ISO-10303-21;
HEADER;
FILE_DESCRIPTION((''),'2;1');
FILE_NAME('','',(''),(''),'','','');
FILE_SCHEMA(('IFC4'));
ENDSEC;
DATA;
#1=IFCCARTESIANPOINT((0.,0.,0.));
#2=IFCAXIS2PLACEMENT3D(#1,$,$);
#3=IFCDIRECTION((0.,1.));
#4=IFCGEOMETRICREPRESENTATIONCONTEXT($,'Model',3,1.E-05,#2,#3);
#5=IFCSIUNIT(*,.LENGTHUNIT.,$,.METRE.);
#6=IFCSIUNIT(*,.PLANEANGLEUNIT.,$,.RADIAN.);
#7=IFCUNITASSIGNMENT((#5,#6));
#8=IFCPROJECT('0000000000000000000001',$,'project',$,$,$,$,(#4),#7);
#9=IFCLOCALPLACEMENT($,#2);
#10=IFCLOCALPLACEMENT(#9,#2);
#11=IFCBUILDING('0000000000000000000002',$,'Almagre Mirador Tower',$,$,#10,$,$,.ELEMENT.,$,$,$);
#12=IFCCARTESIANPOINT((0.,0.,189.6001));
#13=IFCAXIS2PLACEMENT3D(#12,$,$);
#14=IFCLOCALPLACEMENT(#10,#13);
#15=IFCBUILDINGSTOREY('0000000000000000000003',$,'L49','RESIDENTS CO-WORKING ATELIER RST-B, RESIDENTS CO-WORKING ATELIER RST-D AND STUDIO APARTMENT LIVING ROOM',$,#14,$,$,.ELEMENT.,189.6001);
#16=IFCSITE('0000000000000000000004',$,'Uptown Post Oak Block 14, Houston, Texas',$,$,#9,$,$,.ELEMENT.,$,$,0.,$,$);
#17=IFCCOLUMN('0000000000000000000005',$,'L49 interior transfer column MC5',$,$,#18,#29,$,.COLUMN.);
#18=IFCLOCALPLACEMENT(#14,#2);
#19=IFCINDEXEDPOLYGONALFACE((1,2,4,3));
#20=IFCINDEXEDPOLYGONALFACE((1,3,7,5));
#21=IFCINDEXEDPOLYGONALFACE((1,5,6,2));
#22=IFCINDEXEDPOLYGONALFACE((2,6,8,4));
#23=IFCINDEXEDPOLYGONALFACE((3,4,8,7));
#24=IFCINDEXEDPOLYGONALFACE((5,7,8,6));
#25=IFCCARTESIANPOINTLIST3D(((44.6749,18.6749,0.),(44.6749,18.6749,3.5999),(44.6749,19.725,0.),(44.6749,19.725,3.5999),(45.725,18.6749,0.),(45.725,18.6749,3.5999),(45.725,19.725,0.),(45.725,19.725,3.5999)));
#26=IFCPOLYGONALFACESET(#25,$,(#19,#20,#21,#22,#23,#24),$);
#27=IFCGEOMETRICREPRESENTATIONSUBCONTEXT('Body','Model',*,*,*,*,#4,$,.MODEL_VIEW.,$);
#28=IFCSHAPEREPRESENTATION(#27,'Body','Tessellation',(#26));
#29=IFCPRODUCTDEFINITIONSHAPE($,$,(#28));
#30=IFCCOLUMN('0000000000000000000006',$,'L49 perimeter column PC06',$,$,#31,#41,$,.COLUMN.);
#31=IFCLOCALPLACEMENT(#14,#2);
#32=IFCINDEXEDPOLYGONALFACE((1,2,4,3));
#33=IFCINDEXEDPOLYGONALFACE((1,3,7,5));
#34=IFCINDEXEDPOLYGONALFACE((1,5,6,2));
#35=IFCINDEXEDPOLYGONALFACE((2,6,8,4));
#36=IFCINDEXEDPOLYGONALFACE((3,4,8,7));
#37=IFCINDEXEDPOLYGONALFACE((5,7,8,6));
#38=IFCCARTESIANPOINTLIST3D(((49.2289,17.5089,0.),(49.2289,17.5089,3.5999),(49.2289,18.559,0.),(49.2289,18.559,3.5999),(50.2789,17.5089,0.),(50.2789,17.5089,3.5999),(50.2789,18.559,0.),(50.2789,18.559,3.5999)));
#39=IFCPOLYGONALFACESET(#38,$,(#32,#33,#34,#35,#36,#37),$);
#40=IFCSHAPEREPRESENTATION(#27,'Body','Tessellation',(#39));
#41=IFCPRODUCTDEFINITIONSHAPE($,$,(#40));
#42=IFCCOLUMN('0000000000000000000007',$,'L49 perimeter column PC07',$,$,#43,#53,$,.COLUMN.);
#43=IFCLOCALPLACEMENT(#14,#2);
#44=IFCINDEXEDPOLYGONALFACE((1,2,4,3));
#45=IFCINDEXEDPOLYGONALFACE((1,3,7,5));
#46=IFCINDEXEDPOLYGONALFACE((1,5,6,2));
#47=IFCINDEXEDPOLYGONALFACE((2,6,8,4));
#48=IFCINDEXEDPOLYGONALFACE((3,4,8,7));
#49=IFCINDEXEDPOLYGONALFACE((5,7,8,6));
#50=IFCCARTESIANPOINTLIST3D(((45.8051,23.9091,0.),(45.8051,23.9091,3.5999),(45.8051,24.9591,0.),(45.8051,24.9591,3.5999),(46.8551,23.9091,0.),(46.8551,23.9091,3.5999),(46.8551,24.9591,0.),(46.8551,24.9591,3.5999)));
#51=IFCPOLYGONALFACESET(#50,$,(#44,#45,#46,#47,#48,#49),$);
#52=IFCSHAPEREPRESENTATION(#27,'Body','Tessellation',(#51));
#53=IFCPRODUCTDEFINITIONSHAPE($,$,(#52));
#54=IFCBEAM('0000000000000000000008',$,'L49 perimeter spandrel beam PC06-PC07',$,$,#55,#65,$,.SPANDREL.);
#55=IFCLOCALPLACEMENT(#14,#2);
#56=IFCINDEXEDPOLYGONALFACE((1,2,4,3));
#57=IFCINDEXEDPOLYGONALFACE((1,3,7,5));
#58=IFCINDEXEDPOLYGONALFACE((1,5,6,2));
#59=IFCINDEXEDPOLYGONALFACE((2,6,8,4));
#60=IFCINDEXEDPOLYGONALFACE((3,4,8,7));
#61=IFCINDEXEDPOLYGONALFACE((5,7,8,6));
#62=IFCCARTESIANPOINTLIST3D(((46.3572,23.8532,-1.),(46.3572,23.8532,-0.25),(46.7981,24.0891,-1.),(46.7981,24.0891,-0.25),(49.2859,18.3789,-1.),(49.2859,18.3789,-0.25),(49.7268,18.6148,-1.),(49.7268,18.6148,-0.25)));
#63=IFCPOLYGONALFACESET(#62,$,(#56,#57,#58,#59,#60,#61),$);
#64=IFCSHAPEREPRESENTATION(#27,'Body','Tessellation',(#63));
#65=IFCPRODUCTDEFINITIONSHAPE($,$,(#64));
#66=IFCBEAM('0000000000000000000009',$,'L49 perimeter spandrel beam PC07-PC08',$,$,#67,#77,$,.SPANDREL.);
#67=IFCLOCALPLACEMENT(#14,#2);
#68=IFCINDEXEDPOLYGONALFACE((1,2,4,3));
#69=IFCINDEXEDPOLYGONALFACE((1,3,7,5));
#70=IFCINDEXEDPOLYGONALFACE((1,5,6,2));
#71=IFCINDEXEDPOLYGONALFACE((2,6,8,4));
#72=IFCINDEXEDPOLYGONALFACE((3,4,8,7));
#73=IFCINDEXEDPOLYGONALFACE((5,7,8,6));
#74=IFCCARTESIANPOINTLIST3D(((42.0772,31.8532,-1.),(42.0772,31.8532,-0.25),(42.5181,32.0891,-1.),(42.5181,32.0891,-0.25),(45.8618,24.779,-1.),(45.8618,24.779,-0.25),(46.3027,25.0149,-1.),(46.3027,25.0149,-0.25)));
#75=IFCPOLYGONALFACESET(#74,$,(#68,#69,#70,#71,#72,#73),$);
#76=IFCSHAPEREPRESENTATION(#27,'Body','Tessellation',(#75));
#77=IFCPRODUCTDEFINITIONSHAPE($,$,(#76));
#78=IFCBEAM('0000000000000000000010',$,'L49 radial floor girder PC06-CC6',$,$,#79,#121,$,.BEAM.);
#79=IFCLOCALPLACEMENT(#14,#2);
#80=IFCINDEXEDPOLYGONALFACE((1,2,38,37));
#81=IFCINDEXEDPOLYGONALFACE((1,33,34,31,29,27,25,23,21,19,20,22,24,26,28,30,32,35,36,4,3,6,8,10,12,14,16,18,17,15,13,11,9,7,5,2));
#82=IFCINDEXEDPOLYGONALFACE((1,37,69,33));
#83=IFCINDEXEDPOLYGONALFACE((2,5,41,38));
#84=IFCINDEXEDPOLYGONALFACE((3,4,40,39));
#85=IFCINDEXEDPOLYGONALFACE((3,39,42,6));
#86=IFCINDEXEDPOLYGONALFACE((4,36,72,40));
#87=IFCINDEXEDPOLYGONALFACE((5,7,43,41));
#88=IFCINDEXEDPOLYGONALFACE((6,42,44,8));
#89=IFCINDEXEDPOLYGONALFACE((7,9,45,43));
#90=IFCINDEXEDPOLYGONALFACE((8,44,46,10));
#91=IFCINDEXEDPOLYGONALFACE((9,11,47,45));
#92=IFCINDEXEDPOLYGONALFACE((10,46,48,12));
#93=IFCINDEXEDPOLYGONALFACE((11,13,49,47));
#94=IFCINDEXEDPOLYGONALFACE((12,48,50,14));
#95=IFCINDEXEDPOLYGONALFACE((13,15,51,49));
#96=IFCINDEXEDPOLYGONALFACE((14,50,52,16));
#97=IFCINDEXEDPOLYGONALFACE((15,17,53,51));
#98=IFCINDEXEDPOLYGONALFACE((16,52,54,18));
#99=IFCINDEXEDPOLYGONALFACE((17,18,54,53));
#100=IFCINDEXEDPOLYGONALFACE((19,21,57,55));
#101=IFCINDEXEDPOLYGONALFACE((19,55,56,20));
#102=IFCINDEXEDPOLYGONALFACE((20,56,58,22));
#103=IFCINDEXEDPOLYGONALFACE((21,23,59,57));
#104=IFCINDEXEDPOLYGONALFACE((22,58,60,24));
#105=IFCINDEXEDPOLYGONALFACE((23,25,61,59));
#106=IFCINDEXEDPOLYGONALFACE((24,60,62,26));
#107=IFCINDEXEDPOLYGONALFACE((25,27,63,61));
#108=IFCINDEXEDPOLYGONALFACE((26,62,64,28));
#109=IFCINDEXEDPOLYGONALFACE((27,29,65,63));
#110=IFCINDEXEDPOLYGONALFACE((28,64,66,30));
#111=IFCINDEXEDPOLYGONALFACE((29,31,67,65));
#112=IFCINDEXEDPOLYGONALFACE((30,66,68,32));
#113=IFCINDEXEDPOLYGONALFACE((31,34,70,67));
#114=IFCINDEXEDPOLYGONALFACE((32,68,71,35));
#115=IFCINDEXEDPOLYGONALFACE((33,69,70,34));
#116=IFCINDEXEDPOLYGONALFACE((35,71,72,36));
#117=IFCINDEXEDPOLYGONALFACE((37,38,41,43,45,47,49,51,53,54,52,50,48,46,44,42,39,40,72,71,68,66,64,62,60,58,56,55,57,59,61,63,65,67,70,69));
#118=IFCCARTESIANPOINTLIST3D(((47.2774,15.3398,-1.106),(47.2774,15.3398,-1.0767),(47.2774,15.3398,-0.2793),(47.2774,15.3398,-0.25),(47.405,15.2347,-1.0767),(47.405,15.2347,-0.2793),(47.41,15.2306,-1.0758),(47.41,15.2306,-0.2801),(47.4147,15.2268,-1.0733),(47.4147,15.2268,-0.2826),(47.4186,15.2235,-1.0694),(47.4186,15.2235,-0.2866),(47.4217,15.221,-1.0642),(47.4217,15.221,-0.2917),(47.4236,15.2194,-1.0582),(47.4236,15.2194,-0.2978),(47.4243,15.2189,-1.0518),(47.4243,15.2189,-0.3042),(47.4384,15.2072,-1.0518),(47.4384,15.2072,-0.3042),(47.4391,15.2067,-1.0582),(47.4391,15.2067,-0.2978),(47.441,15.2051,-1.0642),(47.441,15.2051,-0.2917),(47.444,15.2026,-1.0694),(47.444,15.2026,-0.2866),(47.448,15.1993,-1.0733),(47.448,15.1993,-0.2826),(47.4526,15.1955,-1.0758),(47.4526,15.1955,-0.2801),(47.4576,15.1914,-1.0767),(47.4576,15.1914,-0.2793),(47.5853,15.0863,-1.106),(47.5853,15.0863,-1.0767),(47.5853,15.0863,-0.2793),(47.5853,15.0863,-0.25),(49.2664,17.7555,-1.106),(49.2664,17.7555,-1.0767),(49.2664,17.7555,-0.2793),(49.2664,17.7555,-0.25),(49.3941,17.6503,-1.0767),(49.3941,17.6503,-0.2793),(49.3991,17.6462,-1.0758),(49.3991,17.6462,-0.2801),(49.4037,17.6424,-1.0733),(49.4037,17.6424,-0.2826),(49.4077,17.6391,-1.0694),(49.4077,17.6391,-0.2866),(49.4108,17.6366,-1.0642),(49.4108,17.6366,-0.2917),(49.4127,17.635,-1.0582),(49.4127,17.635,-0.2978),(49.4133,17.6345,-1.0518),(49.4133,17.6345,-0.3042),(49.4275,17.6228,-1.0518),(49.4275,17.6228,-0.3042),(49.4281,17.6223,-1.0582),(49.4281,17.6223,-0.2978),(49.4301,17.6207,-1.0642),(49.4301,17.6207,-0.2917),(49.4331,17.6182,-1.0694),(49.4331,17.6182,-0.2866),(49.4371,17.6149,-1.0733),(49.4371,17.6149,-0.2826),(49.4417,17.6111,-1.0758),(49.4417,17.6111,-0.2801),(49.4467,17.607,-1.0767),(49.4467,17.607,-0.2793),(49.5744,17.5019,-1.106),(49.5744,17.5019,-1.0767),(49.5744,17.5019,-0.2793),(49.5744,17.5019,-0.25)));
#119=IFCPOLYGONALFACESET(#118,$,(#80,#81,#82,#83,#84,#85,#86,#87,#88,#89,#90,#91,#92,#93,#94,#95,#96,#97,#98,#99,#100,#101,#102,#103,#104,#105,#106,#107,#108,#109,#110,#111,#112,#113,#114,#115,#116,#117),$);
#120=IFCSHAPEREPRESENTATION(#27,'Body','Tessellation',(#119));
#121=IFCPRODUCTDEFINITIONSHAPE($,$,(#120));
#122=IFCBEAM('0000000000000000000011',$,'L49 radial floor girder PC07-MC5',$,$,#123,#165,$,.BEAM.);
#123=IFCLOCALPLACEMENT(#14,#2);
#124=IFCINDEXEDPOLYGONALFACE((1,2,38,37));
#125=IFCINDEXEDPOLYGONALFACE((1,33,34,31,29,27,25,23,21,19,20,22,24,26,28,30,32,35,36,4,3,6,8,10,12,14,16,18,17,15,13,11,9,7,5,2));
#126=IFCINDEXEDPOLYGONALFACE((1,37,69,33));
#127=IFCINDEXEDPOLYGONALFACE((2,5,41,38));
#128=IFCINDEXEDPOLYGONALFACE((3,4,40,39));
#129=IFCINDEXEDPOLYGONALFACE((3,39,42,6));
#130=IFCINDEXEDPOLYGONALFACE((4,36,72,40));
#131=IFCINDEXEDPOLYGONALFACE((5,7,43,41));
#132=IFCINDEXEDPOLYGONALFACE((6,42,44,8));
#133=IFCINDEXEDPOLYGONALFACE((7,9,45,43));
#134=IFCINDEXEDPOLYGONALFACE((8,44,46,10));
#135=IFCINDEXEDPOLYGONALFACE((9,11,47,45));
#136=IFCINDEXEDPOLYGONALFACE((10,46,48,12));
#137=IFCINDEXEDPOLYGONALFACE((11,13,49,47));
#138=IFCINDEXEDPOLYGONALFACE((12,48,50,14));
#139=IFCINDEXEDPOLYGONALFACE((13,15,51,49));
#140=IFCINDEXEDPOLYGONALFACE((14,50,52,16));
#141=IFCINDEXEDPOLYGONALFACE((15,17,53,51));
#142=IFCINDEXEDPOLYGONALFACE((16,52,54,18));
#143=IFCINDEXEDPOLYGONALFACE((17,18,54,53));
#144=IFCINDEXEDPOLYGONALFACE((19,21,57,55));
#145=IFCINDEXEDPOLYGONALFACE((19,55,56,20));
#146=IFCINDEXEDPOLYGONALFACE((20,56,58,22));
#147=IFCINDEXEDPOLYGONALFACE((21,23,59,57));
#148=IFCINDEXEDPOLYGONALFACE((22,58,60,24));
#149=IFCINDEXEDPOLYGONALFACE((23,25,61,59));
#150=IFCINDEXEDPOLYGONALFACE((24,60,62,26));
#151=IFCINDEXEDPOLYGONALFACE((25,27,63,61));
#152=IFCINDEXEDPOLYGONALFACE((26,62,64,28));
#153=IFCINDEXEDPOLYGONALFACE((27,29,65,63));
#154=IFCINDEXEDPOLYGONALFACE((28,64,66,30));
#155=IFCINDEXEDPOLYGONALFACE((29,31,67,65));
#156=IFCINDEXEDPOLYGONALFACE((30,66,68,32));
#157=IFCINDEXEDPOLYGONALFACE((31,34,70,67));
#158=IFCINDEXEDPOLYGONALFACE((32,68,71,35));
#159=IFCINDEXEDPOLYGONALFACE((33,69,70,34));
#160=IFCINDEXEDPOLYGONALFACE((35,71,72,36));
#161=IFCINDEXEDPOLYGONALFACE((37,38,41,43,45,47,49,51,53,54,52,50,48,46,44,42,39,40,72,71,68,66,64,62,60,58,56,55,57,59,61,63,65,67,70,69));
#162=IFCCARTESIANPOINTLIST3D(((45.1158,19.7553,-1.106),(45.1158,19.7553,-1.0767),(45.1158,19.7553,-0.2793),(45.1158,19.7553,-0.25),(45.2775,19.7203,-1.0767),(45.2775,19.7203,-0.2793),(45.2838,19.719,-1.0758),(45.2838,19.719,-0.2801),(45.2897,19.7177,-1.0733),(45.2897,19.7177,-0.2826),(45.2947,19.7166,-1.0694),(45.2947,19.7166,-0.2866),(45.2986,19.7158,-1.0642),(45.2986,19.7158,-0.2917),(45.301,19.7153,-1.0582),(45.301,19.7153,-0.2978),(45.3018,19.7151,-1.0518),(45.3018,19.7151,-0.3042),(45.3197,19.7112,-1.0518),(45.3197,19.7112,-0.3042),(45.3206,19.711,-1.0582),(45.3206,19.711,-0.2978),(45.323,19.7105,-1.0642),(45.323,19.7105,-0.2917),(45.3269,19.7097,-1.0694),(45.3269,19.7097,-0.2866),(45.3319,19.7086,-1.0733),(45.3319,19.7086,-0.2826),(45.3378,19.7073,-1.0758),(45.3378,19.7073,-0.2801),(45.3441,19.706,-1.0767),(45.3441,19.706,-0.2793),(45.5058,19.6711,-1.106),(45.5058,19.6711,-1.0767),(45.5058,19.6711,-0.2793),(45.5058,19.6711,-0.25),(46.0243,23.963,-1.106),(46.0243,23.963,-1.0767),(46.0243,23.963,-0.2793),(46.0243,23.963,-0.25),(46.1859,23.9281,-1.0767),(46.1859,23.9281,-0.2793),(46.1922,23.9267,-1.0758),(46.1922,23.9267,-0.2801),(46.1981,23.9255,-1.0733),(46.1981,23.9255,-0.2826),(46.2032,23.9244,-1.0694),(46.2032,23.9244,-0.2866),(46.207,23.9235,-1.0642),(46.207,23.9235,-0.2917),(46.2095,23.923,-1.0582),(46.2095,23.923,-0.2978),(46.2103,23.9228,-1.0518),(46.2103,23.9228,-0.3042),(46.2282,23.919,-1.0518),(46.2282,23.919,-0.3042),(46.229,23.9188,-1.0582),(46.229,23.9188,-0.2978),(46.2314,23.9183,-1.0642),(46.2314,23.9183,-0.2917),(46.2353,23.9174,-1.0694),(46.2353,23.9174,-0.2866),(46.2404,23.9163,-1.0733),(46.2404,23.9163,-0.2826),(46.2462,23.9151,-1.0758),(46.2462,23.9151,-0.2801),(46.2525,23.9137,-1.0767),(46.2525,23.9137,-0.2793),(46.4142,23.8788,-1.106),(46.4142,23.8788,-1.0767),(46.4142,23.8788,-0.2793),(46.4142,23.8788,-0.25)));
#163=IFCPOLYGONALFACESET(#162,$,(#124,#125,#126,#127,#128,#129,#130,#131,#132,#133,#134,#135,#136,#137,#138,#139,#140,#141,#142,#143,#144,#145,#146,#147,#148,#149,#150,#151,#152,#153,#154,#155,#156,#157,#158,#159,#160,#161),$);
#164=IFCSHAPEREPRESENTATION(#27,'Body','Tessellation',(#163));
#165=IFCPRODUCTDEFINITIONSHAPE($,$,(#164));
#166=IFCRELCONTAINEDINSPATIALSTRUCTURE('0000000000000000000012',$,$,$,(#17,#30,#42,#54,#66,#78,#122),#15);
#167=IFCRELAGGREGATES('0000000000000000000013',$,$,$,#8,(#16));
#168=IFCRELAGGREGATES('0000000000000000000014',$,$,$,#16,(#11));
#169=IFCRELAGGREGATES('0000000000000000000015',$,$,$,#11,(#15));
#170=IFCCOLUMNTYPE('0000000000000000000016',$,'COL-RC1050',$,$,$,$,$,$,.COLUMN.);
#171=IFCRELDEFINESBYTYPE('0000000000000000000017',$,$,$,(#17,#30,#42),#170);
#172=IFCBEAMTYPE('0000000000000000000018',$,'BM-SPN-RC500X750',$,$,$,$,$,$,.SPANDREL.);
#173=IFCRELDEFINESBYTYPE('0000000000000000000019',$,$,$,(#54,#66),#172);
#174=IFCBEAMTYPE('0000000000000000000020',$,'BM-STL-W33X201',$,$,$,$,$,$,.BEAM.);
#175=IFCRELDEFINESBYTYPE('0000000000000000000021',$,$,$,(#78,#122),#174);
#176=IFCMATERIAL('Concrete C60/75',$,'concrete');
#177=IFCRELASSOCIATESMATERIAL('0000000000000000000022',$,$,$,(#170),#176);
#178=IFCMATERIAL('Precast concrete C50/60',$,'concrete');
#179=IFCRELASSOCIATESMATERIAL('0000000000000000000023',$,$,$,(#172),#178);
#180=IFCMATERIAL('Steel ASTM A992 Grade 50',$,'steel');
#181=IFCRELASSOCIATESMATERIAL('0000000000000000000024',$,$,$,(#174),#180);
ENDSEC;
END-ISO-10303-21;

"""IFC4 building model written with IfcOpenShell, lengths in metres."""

from ifc_helpers import new_model, si_unit, direction, frame, origin, origin_2d, place, context, subcontext, project, spatial, rectangle, i_section, extrude, material, material_profile, profile_set, type_object, element, save


model = new_model("IFC4")

# Units and contexts
model_context = context("Model", 3, precision=1e-05, world=origin(), true_north=direction((0.0, 1.0)))
body_context = subcontext(model_context, "Body", "Model", "MODEL_VIEW")
ifc_project = project(units=[si_unit("LENGTHUNIT", "METRE"), si_unit("PLANEANGLEUNIT", "RADIAN")], contexts=[model_context])

# Site, building, storey
site_placement = place(None, origin())
site = spatial("IfcSite", under=ifc_project, at=site_placement, Name="Uptown Post Oak Block 14, Houston, Texas", CompositionType="ELEMENT", RefElevation=0.0)
building_placement = place(site_placement, origin())
building = spatial("IfcBuilding", under=site, at=building_placement, Name="Almagre Mirador Tower", CompositionType="ELEMENT")
storey_placement = place(building_placement, frame((0.0, 0.0, 189.6001)))
storey = spatial("IfcBuildingStorey", under=building, at=storey_placement, Name="L49", Description="RESIDENTS CO-WORKING ATELIER RST-B, RESIDENTS CO-WORKING ATELIER RST-D AND STUDIO APARTMENT LIVING ROOM", CompositionType="ELEMENT", Elevation=189.6001)

# Columns
ifc_material_1 = material(Name="Concrete C60/75", Category="concrete")
ifc_material_profile_1 = material_profile(ifc_material_1, rectangle(XDim=1.05, YDim=1.05, at=origin_2d()), Name="RC1050X1050")
ifc_profile_set_1 = profile_set([ifc_material_profile_1], Name="Concrete C60/75")
column_type = type_object("IfcColumnType", Name="COL-RC1050", PredefinedType="COLUMN", material=ifc_profile_set_1)
for number, where, z_axis, x_axis, name in (
    (1, (45.2, 19.2, 0.0), (0.0, 0.0, 1.0), (1.0, 0.0, 0.0), "L49 interior transfer column MC5"),
    (2, (49.7539, 18.0339, 0.0), (0.0, 0.0, 1.0), (1.0, 0.0, 0.0), "L49 perimeter column PC06"),
    (3, (46.3301, 24.4341, 0.0), (0.0, 0.0, 1.0), (1.0, 0.0, 0.0), "L49 perimeter column PC07"),
):
    element("IfcColumn", number, at=place(storey_placement, frame(where, z_axis=z_axis, x_axis=x_axis)), inside=storey, type_object=column_type, Name=name, PredefinedType="COLUMN", context=body_context, shape_type="SweptSolid", body=[
        extrude(rectangle(XDim=1.05, YDim=1.05, at=origin_2d()), origin(), (0.0, 0.0, 1.0), 3.5999),
    ])

# Beams
ifc_material_2 = material(Name="Precast concrete C50/60", Category="concrete")
ifc_material_profile_2 = material_profile(ifc_material_2, rectangle(XDim=0.5, YDim=0.75, at=origin_2d()), Name="RC500X750")
ifc_profile_set_2 = profile_set([ifc_material_profile_2], Name="Precast concrete C50/60")
beam_type_1 = type_object("IfcBeamType", Name="BM-SPN-RC500X750", PredefinedType="SPANDREL", material=ifc_profile_set_2)
beam_1_placement = place(storey_placement, frame((49.5063, 18.4968, -0.625), z_axis=(-0.471723, 0.881747, 0.0), x_axis=(-0.881747, -0.471723, 0.0)))
element("IfcBeam", 4, at=beam_1_placement, inside=storey, type_object=beam_type_1, Name="L49 perimeter spandrel beam PC06-PC07", PredefinedType="SPANDREL", context=body_context, shape_type="SweptSolid", body=[
    extrude(rectangle(XDim=0.5, YDim=0.75, at=origin_2d()), origin(), (0.0, 0.0, 1.0), 6.2085),
])
beam_2_placement = place(storey_placement, frame((46.0823, 24.897, -0.625), z_axis=(-0.471728, 0.881744, 0.0), x_axis=(-0.881744, -0.471728, 0.0)))
element("IfcBeam", 5, at=beam_2_placement, inside=storey, type_object=beam_type_1, Name="L49 perimeter spandrel beam PC07-PC08", PredefinedType="SPANDREL", context=body_context, shape_type="SweptSolid", body=[
    extrude(rectangle(XDim=0.5, YDim=0.75, at=origin_2d()), origin(), (0.0, 0.0, 1.0), 8.0229),
])
ifc_material_3 = material(Name="Steel ASTM A992 Grade 50", Category="steel")
ifc_material_profile_3 = material_profile(ifc_material_3, i_section(OverallWidth=0.3989, OverallDepth=0.856, WebThickness=0.0183, FlangeThickness=0.0293, FilletRadius=0.0249, at=origin_2d()), Name="W33X201")
ifc_profile_set_3 = profile_set([ifc_material_profile_3], Name="Steel ASTM A992 Grade 50")
beam_type_2 = type_object("IfcBeamType", Name="BM-STL-W33X201", PredefinedType="BEAM", material=ifc_profile_set_3)
beam_3_placement = place(storey_placement, frame((49.4204, 17.6287, -0.678), z_axis=(-0.635661, -0.771969, 0.0), x_axis=(0.771969, -0.635661, 0.0)))
element("IfcBeam", 6, at=beam_3_placement, inside=storey, type_object=beam_type_2, Name="L49 radial floor girder PC06-CC6", PredefinedType="BEAM", context=body_context, shape_type="SweptSolid", body=[
    extrude(i_section(OverallWidth=0.3989, OverallDepth=0.856, WebThickness=0.0183, FlangeThickness=0.0293, FilletRadius=0.0249, at=origin_2d()), origin(), (0.0, 0.0, 1.0), 3.1292),
])
beam_4_placement = place(storey_placement, frame((46.2192, 23.9209, -0.678), z_axis=(-0.211036, -0.977478, 0.0), x_axis=(0.977478, -0.211036, 0.0)))
element("IfcBeam", 7, at=beam_4_placement, inside=storey, type_object=beam_type_2, Name="L49 radial floor girder PC07-MC5", PredefinedType="BEAM", context=body_context, shape_type="SweptSolid", body=[
    extrude(i_section(OverallWidth=0.3989, OverallDepth=0.856, WebThickness=0.0183, FlangeThickness=0.0293, FilletRadius=0.0249, at=origin_2d()), origin(), (0.0, 0.0, 1.0), 4.3047),
])

save(model, "model.ifc")
